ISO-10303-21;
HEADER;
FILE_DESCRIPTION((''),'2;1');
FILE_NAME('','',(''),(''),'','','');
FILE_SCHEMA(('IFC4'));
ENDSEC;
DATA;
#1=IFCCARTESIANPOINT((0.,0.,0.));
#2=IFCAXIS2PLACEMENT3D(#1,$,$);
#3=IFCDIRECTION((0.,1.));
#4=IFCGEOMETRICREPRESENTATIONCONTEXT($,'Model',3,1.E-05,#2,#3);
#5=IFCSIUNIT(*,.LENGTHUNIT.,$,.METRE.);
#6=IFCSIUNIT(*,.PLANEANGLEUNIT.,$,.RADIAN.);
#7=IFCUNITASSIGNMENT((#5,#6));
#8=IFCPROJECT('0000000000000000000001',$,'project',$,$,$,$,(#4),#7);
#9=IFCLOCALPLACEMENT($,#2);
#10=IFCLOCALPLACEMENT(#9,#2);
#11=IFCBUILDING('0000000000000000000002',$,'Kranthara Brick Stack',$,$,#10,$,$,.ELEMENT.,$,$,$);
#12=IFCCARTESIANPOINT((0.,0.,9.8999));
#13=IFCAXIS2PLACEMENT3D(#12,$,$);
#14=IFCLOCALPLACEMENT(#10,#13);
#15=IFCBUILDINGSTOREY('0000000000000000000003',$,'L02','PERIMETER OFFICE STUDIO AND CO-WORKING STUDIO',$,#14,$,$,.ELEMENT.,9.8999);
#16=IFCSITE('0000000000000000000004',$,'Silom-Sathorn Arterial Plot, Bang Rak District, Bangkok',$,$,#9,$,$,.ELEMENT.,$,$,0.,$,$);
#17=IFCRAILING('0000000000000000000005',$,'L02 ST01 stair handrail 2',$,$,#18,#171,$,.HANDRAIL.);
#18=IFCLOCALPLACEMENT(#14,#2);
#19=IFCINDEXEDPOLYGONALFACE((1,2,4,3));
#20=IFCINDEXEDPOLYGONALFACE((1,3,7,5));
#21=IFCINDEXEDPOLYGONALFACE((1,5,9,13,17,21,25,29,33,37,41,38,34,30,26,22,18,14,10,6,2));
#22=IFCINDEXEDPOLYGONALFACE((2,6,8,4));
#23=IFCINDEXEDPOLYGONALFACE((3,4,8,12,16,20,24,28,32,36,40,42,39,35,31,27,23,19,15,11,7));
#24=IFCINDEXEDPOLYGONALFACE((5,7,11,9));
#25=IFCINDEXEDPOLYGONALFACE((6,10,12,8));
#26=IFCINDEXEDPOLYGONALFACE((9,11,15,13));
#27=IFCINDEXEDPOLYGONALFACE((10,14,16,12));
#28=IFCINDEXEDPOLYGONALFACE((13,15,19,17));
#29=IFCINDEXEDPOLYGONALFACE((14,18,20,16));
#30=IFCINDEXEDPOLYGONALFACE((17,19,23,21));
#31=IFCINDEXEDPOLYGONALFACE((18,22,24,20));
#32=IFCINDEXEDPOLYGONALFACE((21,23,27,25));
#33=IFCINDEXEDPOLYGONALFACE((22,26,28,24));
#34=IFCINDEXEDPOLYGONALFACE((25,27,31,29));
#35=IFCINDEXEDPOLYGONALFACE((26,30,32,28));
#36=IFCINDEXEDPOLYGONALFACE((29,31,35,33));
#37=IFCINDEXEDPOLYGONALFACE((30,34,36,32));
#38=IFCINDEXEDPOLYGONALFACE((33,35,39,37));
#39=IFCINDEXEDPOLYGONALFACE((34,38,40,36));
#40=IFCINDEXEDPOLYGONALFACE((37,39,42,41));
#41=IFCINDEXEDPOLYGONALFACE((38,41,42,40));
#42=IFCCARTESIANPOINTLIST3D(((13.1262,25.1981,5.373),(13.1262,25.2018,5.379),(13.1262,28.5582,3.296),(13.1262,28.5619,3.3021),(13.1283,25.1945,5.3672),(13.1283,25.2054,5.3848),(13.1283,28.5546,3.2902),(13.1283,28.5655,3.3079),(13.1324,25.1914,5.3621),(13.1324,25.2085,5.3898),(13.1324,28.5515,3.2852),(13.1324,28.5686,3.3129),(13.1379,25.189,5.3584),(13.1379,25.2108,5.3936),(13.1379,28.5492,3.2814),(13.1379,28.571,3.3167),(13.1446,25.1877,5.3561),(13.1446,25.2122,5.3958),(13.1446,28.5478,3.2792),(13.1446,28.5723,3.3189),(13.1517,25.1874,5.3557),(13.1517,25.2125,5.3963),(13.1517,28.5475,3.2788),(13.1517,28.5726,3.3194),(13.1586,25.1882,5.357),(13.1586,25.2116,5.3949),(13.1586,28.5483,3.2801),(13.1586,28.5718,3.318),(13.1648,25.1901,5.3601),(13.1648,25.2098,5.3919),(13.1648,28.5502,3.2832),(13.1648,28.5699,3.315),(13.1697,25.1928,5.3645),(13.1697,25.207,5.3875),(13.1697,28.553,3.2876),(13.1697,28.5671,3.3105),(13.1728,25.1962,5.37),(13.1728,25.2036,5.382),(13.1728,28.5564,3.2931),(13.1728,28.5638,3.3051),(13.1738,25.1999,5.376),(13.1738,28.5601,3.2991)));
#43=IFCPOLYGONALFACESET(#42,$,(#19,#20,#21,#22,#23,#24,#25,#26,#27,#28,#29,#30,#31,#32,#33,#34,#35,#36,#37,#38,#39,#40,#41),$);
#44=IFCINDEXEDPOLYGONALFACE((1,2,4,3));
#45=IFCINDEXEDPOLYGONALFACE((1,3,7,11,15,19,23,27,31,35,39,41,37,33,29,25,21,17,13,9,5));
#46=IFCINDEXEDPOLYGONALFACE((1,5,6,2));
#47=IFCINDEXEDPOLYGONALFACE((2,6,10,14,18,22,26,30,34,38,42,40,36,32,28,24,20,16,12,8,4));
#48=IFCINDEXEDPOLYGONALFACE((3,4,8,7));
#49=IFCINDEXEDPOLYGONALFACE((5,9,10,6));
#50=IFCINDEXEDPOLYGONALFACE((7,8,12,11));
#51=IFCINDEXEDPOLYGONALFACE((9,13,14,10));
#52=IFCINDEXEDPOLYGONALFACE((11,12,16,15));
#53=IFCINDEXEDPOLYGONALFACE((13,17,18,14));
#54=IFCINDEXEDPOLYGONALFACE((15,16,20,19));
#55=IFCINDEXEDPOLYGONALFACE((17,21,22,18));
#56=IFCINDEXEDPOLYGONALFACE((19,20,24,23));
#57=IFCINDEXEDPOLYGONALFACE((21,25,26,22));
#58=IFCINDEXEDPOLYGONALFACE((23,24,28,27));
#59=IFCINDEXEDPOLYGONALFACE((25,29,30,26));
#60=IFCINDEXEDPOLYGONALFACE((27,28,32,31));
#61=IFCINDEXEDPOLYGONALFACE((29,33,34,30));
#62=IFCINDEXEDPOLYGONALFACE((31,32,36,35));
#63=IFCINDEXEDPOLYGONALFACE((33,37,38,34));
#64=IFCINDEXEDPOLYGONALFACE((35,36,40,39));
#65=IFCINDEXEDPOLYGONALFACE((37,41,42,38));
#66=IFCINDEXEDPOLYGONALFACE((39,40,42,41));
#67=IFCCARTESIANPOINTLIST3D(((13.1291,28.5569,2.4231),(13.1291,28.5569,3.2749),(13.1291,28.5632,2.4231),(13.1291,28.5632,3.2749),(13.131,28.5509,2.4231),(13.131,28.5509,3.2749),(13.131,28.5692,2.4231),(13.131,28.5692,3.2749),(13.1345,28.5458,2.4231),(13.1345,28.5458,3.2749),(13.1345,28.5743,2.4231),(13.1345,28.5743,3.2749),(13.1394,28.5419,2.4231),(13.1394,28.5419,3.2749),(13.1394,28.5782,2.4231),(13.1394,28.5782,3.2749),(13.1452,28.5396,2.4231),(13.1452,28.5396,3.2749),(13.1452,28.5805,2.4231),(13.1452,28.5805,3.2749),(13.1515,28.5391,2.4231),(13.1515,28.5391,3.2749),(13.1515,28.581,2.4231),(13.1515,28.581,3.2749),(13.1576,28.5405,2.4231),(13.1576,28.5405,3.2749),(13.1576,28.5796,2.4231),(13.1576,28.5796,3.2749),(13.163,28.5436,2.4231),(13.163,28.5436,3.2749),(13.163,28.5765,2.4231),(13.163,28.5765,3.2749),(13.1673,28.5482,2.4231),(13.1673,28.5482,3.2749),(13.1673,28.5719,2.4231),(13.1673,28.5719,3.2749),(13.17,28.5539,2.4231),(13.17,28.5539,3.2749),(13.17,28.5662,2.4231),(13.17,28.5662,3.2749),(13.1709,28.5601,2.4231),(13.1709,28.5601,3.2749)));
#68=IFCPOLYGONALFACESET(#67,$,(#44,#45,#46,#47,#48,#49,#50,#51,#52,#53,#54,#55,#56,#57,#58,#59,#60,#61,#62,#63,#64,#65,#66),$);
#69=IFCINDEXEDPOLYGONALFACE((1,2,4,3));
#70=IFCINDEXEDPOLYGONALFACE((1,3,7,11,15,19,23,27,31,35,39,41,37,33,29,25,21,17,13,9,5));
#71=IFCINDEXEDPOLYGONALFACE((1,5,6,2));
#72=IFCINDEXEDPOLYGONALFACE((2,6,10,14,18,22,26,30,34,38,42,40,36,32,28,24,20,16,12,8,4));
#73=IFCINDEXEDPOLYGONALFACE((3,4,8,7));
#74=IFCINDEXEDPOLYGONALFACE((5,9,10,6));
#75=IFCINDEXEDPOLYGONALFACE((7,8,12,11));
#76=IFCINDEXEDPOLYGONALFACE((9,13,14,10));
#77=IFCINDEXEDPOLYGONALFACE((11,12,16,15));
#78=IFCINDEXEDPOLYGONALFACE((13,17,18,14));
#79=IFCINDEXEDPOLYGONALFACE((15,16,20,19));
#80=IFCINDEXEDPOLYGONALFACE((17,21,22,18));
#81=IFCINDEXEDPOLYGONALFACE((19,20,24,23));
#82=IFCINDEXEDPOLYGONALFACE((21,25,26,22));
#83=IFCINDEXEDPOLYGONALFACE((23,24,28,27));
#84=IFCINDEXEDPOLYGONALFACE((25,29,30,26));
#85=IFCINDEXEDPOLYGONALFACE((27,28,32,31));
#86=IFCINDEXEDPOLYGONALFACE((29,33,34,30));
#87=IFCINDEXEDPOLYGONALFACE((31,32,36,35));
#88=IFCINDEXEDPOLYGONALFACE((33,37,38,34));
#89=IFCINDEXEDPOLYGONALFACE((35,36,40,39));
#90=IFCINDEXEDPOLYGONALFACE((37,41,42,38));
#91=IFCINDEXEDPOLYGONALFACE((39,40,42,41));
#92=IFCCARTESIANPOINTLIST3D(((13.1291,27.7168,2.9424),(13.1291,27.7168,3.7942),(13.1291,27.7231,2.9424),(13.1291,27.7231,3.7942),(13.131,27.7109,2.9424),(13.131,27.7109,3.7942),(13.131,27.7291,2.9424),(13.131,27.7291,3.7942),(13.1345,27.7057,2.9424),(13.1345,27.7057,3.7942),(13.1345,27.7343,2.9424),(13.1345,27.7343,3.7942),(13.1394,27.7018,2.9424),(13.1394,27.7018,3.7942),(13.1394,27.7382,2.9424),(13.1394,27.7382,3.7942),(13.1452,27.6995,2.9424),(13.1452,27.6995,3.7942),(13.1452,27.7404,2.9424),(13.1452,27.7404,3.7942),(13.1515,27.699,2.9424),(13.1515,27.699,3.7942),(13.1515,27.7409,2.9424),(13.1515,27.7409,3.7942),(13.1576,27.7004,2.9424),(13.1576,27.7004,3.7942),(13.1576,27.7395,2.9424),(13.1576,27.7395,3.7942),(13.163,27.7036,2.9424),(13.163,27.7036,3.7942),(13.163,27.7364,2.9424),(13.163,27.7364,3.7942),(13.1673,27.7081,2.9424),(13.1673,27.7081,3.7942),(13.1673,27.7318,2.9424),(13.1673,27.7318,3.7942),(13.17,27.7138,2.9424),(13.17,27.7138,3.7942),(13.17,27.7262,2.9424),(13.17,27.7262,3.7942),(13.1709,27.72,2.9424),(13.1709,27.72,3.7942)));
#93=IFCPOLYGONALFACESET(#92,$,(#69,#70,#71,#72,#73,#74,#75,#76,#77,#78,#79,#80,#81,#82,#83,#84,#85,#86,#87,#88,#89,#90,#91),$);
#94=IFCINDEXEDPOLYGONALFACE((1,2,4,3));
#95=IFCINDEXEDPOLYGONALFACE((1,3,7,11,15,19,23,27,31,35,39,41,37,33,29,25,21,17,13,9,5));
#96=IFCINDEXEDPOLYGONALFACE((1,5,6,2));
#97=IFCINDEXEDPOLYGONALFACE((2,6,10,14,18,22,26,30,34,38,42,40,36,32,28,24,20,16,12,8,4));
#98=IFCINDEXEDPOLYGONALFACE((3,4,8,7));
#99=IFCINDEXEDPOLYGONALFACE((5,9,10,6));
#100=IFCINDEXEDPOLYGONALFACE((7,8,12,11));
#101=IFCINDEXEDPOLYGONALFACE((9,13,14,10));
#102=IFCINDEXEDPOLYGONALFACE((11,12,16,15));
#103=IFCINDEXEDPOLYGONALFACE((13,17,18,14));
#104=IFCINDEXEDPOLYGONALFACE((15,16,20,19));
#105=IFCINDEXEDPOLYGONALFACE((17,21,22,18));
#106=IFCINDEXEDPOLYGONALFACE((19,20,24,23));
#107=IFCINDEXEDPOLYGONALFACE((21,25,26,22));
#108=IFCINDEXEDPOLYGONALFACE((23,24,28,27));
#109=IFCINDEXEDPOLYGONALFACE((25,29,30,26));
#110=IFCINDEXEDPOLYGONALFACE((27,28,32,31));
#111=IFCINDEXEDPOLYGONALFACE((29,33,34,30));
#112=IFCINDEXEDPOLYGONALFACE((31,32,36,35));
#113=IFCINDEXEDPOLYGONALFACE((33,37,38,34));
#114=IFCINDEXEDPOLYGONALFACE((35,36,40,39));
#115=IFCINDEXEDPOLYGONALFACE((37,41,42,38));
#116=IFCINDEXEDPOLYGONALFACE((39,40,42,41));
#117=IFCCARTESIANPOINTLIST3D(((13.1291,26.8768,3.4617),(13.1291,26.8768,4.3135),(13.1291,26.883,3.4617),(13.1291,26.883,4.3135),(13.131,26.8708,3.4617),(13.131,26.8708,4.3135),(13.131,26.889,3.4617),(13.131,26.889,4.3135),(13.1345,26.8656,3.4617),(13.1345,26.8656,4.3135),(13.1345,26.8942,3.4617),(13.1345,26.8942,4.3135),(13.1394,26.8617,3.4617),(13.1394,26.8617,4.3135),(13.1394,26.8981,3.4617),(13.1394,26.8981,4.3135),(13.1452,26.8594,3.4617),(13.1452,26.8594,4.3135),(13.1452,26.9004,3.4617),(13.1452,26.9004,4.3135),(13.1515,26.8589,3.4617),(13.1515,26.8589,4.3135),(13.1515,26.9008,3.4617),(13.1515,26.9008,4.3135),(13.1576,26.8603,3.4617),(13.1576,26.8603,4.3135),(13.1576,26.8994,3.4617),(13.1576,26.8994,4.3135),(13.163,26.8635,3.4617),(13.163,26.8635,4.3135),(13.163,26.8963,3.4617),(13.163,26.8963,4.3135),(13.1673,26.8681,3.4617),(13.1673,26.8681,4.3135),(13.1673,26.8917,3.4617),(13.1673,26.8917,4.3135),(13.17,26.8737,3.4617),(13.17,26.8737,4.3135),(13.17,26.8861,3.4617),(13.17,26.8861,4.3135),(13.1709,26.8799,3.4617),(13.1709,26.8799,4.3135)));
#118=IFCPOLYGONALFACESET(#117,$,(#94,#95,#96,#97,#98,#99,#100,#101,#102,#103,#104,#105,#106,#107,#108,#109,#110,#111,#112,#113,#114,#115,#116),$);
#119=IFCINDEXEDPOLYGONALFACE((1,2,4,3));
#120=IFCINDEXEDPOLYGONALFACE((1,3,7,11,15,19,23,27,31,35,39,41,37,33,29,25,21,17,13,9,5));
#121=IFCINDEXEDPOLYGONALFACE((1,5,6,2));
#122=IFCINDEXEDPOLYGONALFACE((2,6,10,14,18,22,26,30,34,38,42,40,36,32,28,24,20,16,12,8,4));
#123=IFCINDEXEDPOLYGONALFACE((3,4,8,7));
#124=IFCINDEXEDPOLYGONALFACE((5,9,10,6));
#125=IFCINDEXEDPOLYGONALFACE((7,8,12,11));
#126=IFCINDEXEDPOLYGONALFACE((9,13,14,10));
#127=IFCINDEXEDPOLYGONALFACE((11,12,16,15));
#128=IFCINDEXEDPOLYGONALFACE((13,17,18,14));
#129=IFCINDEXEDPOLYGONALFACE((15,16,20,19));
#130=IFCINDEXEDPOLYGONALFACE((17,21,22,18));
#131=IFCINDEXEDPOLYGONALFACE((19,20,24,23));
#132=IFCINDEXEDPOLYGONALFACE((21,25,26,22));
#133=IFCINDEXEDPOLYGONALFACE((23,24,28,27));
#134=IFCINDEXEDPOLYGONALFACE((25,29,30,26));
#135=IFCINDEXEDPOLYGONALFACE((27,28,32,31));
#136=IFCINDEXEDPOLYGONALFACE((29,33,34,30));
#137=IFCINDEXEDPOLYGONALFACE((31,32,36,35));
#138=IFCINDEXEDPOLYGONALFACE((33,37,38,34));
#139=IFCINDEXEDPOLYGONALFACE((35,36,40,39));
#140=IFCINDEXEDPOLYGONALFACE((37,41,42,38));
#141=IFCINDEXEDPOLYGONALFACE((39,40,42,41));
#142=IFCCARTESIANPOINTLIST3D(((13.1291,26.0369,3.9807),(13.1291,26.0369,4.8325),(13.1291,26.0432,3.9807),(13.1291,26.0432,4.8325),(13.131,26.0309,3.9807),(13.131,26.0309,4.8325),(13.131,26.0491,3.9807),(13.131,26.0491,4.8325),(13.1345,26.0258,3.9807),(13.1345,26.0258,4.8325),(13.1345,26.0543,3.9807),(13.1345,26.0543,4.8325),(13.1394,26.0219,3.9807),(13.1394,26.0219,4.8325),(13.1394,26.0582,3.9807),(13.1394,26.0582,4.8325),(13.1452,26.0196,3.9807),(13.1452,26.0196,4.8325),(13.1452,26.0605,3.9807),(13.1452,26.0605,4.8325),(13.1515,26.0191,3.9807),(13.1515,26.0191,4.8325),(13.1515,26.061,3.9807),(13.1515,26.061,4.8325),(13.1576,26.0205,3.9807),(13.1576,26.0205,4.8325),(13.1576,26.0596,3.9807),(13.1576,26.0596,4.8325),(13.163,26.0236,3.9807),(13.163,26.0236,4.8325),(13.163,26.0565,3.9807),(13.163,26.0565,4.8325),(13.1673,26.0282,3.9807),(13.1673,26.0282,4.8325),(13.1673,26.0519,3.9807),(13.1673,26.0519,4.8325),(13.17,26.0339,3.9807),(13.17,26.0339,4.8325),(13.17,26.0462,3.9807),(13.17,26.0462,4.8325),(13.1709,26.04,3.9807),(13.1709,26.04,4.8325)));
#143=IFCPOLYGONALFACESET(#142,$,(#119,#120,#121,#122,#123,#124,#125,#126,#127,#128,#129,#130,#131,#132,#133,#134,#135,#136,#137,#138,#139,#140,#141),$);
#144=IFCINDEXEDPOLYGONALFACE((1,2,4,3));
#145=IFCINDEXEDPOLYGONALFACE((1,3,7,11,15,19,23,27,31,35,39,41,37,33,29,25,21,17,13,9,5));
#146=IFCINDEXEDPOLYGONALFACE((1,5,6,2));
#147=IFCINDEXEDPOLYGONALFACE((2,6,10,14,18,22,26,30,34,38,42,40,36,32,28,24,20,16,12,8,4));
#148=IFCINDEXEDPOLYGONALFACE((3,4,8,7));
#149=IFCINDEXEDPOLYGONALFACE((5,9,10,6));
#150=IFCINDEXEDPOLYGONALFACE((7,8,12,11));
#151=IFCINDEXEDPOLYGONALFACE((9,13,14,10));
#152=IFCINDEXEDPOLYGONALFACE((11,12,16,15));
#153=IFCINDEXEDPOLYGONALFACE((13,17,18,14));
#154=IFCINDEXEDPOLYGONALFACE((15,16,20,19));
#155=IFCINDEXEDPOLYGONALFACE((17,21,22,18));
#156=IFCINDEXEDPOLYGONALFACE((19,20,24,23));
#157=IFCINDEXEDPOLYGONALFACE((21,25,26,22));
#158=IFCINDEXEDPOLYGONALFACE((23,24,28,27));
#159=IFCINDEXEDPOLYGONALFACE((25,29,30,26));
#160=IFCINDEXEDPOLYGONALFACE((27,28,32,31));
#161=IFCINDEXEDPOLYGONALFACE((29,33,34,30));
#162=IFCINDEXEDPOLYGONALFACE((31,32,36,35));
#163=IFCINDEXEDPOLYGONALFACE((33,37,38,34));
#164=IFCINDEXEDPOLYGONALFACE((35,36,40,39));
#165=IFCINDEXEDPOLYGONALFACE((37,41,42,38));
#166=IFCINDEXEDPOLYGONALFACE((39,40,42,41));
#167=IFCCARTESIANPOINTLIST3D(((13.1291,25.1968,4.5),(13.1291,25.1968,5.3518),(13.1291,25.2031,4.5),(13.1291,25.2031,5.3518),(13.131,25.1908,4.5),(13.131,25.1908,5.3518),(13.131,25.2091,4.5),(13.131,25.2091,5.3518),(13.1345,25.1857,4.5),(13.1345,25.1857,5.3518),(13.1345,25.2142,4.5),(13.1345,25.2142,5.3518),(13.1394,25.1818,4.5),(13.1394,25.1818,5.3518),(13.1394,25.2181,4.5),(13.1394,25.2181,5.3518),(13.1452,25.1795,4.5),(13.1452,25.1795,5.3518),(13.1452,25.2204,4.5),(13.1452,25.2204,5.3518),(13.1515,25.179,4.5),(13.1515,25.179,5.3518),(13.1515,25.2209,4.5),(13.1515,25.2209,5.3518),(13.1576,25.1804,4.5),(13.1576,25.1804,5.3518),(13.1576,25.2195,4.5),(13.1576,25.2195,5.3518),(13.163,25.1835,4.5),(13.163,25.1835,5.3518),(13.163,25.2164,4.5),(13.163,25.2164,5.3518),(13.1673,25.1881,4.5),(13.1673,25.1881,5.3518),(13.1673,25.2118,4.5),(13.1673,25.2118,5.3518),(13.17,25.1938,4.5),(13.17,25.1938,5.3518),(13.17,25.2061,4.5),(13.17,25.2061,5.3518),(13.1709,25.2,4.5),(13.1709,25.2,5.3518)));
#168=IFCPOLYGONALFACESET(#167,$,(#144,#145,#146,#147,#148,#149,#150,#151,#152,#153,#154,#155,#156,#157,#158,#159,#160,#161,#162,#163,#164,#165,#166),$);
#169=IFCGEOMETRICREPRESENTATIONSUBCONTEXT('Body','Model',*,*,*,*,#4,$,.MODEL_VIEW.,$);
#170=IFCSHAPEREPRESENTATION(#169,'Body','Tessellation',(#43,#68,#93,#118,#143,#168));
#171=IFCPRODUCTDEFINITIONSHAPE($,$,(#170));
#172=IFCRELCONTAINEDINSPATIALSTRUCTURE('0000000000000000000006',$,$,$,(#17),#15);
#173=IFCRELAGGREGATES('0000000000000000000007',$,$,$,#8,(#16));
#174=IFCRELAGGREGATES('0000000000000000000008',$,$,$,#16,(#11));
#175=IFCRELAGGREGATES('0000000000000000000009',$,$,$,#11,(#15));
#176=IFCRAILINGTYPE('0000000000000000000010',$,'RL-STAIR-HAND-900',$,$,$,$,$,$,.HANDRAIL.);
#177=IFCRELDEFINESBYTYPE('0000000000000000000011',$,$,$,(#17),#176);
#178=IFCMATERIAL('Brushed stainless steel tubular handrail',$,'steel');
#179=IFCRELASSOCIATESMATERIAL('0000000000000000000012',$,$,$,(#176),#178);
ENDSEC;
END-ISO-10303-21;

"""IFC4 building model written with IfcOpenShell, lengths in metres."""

from ifc_helpers import new_model, si_unit, direction, frame, origin, origin_2d, place, context, subcontext, project, spatial, circle, extrude, material, type_object, element, save


model = new_model("IFC4")

# Units and contexts
model_context = context("Model", 3, precision=1e-05, world=origin(), true_north=direction((0.0, 1.0)))
body_context = subcontext(model_context, "Body", "Model", "MODEL_VIEW")
ifc_project = project(units=[si_unit("LENGTHUNIT", "METRE"), si_unit("PLANEANGLEUNIT", "RADIAN")], contexts=[model_context])

# Site, building, storey
site_placement = place(None, origin())
site = spatial("IfcSite", under=ifc_project, at=site_placement, Name="Silom-Sathorn Arterial Plot, Bang Rak District, Bangkok", CompositionType="ELEMENT", RefElevation=0.0)
building_placement = place(site_placement, origin())
building = spatial("IfcBuilding", under=site, at=building_placement, Name="Kranthara Brick Stack", CompositionType="ELEMENT")
storey_placement = place(building_placement, frame((0.0, 0.0, 9.8999)))
storey = spatial("IfcBuildingStorey", under=building, at=storey_placement, Name="L02", Description="PERIMETER OFFICE STUDIO AND CO-WORKING STUDIO", CompositionType="ELEMENT", Elevation=9.8999)

# Railing
ifc_material_1 = material(Name="Brushed stainless steel tubular handrail", Category="steel")
railing_type_1 = type_object("IfcRailingType", Name="RL-STAIR-HAND-900", PredefinedType="HANDRAIL", material=ifc_material_1)
railing_1_placement = place(storey_placement, frame((13.1499, 28.5601, 2.4231)))
element("IfcRailing", 1, at=railing_1_placement, inside=storey, type_object=railing_type_1, Name="L02 ST01 stair handrail 2", PredefinedType="HANDRAIL", context=body_context, shape_type="SweptSolid", body=[
    extrude(circle(Radius=0.0239, at=origin_2d()), frame((0.0, 0.0, 0.876), z_axis=(0.0, -0.850623, 0.525776), x_axis=(1.0, 0.0, 0.0)), (0.0, 0.0, 1.0), 3.9502),
    extrude(circle(Radius=0.021, at=origin_2d()), origin(), (0.0, 0.0, 1.0), 0.8518),
    extrude(circle(Radius=0.021, at=origin_2d()), frame((0.0, -0.8401, 0.5193)), (0.0, 0.0, 1.0), 0.8518),
    extrude(circle(Radius=0.021, at=origin_2d()), frame((0.0, -1.6802, 1.0386)), (0.0, 0.0, 1.0), 0.8518),
    extrude(circle(Radius=0.021, at=origin_2d()), frame((0.0, -2.52, 1.5576)), (0.0, 0.0, 1.0), 0.8518),
    extrude(circle(Radius=0.021, at=origin_2d()), frame((0.0, -3.3601, 2.0769)), (0.0, 0.0, 1.0), 0.8518),
])

save(model, "model.ifc")
